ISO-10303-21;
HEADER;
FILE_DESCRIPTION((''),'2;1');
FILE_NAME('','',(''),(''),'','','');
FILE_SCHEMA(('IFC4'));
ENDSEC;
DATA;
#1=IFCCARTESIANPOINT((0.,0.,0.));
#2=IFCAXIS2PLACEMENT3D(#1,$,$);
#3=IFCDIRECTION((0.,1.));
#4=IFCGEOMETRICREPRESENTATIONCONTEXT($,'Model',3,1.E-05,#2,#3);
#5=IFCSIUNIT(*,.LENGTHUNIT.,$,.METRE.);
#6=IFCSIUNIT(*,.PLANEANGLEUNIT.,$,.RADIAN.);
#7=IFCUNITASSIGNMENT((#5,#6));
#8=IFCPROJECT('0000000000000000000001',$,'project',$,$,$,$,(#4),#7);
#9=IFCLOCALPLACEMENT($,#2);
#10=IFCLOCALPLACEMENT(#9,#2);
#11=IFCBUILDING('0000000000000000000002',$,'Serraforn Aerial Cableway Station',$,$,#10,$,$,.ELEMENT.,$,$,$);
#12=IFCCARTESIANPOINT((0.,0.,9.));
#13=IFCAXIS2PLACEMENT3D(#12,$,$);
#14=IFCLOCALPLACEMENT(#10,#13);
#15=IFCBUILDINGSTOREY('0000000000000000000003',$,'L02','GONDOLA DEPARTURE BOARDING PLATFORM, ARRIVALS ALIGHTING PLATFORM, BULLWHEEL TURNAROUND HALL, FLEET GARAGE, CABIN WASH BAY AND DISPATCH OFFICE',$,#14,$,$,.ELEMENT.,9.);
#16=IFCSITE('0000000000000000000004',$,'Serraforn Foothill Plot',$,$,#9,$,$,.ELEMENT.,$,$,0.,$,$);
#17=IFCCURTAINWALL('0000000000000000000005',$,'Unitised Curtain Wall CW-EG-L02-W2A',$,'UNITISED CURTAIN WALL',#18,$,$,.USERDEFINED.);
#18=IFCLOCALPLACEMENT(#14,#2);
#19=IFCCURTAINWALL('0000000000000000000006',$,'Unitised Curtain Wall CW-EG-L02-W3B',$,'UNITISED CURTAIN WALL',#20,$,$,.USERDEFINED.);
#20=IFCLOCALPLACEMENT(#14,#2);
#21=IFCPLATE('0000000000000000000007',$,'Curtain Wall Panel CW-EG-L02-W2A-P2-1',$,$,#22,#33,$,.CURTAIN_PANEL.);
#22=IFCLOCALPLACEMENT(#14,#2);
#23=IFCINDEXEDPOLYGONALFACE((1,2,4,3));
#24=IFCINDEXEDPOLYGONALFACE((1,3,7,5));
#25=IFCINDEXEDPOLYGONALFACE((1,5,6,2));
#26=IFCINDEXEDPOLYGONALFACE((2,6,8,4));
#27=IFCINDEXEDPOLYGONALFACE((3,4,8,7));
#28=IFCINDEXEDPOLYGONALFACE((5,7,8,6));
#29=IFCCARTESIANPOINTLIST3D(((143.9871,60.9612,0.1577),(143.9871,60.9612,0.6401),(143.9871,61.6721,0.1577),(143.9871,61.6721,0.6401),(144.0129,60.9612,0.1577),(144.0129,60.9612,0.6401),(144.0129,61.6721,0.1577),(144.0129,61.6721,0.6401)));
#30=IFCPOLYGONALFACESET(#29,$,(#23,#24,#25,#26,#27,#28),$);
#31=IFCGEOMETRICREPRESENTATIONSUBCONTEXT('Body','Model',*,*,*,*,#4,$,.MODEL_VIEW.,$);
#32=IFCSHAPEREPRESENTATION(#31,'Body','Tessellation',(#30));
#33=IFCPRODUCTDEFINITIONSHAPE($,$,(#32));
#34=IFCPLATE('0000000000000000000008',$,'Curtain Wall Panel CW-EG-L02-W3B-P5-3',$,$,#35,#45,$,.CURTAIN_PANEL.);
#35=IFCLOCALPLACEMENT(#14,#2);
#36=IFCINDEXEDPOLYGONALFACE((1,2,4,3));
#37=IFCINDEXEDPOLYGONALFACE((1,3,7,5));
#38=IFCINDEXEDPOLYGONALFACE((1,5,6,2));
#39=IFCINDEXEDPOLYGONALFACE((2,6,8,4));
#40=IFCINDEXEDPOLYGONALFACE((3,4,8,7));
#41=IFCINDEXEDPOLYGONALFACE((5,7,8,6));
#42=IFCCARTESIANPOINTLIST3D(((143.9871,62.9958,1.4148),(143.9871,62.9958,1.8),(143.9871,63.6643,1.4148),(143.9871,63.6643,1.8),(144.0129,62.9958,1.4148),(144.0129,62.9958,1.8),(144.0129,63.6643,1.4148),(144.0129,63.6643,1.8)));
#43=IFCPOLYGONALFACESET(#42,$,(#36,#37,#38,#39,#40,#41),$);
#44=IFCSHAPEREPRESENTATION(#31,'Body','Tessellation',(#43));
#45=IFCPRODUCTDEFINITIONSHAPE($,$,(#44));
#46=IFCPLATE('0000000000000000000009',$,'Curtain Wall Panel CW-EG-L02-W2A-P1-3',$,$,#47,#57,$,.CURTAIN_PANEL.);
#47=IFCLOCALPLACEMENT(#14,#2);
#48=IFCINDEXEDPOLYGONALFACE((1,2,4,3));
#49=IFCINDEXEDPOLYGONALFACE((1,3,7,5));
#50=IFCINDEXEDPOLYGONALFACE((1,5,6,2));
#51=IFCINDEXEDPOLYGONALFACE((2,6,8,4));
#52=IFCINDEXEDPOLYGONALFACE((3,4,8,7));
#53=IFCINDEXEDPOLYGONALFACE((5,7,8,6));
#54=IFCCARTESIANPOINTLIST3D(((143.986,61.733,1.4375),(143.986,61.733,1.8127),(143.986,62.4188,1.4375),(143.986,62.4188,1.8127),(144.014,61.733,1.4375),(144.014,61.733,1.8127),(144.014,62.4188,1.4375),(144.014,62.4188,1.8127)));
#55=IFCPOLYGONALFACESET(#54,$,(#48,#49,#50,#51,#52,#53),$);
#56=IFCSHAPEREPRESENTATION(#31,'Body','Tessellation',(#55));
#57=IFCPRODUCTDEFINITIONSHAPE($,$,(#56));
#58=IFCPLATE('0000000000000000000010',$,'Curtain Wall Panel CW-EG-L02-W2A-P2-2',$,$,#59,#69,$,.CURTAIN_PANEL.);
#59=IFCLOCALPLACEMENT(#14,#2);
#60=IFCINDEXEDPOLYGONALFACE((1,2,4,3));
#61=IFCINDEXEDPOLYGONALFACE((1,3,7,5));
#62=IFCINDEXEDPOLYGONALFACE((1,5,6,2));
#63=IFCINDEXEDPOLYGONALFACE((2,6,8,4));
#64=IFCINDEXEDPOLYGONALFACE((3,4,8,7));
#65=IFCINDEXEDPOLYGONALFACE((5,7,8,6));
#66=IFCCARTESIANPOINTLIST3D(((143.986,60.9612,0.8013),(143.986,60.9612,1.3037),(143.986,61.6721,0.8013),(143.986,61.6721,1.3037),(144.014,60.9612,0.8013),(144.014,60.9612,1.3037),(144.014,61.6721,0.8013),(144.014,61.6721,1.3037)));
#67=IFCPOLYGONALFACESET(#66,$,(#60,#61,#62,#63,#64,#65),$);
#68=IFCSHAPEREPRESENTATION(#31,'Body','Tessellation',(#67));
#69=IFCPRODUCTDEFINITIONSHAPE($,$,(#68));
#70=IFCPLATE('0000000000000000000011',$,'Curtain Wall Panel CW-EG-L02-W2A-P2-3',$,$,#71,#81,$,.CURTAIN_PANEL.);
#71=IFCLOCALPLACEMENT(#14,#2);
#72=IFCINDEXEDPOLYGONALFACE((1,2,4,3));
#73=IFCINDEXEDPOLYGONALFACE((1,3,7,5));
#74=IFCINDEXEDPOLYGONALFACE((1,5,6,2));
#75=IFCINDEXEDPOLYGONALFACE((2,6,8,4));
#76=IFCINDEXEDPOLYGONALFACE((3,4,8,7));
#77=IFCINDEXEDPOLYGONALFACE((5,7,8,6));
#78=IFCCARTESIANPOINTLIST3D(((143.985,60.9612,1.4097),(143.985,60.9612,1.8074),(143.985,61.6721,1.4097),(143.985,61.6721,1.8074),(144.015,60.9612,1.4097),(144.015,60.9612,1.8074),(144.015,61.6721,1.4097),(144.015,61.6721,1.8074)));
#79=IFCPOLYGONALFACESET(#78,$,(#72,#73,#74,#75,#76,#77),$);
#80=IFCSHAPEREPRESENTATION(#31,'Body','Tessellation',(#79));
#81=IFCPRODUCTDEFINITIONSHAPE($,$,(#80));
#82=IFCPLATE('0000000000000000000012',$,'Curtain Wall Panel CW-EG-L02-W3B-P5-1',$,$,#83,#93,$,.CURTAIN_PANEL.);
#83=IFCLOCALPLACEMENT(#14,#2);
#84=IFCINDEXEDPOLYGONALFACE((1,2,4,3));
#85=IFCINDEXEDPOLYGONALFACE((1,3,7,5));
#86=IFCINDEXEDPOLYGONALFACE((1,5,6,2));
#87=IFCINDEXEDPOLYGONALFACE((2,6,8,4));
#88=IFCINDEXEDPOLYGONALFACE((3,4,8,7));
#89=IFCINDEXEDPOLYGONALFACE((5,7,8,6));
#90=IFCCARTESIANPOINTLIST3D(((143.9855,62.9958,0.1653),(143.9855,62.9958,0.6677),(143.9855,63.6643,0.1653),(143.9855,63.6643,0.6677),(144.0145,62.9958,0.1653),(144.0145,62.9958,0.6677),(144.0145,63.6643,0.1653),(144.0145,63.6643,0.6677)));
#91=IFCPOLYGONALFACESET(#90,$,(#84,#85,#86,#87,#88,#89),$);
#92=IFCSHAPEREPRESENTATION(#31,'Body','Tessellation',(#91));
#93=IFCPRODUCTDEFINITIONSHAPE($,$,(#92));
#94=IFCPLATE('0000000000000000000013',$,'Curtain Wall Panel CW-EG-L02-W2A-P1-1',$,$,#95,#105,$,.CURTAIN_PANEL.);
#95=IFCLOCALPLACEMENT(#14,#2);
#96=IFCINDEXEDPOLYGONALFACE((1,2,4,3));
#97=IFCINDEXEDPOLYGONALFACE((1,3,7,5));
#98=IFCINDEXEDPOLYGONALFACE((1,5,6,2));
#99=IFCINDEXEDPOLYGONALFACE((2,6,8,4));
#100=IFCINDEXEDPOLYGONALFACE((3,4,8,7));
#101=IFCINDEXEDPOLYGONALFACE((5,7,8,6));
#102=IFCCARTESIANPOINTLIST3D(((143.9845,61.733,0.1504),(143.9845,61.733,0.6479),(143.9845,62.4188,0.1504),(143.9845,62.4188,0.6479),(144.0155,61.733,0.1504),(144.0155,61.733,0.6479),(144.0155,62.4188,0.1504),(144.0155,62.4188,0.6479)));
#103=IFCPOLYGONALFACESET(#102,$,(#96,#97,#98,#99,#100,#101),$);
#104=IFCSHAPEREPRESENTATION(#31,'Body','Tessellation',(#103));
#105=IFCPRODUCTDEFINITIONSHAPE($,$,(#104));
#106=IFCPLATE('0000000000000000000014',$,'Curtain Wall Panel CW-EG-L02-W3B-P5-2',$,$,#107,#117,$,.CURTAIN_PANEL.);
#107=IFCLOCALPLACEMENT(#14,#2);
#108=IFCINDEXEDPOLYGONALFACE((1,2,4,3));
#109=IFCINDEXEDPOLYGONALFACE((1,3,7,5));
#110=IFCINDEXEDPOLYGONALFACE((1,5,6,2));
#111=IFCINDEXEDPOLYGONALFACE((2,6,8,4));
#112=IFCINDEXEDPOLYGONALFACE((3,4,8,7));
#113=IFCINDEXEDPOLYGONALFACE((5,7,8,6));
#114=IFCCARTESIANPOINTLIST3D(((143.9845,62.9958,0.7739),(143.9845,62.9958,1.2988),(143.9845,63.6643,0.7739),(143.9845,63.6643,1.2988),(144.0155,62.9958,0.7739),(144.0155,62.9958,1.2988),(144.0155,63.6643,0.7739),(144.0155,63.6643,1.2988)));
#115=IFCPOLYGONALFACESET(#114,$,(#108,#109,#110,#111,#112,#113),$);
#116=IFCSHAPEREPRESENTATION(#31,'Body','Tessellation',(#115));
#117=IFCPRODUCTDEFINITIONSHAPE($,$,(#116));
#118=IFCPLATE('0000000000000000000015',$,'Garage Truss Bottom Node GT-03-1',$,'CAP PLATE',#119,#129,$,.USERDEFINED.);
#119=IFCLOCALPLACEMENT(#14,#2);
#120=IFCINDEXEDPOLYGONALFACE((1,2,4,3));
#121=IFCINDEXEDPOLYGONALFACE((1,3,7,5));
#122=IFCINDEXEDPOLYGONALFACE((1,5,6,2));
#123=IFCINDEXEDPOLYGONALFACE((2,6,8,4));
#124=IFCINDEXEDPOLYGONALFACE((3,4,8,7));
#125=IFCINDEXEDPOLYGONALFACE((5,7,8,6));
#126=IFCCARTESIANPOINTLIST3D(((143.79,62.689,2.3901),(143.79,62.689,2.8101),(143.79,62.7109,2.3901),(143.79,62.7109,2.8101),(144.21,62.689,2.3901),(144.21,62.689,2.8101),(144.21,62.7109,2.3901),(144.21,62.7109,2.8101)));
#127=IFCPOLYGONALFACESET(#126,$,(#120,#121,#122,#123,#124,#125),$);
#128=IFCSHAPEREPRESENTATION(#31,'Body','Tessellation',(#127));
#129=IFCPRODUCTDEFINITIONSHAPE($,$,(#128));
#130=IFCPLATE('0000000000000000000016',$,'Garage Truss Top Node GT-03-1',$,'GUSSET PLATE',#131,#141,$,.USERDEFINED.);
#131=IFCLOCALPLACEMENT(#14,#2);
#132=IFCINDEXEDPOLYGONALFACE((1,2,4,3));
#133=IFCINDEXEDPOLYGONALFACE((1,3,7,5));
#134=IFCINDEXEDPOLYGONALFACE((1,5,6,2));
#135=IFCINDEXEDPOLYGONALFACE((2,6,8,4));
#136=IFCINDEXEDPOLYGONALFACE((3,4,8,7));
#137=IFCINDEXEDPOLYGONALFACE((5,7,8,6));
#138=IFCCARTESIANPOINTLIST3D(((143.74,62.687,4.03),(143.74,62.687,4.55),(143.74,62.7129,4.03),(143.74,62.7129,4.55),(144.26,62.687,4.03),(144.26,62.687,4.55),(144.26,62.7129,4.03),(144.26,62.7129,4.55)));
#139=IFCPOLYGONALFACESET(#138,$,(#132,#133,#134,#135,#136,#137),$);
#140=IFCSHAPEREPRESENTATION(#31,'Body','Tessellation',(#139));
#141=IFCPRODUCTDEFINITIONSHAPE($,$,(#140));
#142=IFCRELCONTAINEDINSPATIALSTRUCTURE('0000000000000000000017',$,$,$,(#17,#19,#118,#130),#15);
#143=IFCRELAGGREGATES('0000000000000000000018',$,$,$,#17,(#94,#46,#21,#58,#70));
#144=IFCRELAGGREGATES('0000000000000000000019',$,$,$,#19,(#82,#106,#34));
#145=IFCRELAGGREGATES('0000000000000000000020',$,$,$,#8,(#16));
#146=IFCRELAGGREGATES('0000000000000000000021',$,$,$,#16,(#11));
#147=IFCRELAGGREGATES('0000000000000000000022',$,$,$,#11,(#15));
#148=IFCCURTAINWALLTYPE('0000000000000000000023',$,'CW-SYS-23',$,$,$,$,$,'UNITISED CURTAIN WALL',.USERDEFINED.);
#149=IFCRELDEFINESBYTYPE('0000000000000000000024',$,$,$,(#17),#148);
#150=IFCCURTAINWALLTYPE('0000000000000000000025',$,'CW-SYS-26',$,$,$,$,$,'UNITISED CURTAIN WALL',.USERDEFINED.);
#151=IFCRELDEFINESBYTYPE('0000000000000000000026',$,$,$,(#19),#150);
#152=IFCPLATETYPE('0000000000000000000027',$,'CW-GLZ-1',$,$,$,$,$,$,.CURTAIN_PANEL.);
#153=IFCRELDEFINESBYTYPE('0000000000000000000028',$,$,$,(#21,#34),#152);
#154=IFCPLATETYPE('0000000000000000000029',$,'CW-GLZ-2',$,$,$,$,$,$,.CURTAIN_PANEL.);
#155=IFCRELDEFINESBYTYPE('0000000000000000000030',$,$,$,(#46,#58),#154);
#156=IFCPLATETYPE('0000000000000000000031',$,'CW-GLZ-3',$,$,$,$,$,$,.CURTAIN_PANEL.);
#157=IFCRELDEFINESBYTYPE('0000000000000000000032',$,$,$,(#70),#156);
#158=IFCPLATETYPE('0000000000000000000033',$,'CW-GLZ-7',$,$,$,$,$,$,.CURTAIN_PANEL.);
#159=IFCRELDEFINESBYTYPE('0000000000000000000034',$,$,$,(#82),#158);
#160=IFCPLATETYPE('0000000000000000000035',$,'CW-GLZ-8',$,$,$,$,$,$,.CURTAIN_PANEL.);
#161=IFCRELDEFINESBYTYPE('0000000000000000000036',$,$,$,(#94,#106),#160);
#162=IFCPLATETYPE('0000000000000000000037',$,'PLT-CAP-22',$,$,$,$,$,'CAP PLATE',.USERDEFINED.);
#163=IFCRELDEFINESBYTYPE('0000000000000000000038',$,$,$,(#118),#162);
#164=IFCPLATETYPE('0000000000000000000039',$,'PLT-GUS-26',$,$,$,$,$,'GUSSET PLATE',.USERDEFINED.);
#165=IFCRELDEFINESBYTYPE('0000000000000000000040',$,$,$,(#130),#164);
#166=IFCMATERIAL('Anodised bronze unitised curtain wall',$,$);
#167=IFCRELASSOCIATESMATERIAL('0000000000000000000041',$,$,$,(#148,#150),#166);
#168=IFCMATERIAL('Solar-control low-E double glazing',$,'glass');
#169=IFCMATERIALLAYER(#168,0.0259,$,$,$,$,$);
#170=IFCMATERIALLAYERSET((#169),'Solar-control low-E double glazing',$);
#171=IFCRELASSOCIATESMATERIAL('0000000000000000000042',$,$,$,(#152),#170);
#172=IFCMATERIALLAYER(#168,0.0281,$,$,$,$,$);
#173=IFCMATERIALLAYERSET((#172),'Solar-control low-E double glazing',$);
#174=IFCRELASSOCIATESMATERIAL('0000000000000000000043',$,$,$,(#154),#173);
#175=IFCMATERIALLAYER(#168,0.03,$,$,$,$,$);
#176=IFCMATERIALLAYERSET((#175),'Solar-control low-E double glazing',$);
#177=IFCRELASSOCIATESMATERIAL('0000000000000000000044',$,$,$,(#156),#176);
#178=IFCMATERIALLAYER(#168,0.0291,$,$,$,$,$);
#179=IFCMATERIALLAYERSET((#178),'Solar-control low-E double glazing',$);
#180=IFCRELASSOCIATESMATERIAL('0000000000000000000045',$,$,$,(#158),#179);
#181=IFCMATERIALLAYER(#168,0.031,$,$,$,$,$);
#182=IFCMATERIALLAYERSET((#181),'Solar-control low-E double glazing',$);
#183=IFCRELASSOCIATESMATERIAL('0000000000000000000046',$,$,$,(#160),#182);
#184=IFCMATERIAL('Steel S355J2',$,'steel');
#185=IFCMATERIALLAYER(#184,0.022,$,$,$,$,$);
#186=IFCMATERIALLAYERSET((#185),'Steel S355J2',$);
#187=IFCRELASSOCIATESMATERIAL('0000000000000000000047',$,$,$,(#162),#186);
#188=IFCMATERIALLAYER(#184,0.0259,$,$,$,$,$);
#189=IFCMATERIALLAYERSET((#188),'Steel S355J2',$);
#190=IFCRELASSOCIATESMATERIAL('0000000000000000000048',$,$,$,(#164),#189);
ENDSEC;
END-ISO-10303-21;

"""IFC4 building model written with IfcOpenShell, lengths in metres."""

from ifc_helpers import new_model, si_unit, direction, frame, origin, origin_2d, place, context, subcontext, project, spatial, rectangle, extrude, material, layer, layer_set, type_object, element, aggregate, save


model = new_model("IFC4")

# Units and contexts
model_context = context("Model", 3, precision=1e-05, world=origin(), true_north=direction((0.0, 1.0)))
body_context = subcontext(model_context, "Body", "Model", "MODEL_VIEW")
ifc_project = project(units=[si_unit("LENGTHUNIT", "METRE"), si_unit("PLANEANGLEUNIT", "RADIAN")], contexts=[model_context])

# Site, building, storey
site_placement = place(None, origin())
site = spatial("IfcSite", under=ifc_project, at=site_placement, Name="Serraforn Foothill Plot", CompositionType="ELEMENT", RefElevation=0.0)
building_placement = place(site_placement, origin())
building = spatial("IfcBuilding", under=site, at=building_placement, Name="Serraforn Aerial Cableway Station", CompositionType="ELEMENT")
storey_placement = place(building_placement, frame((0.0, 0.0, 9.0)))
storey = spatial("IfcBuildingStorey", under=building, at=storey_placement, Name="L02", Description="GONDOLA DEPARTURE BOARDING PLATFORM, ARRIVALS ALIGHTING PLATFORM, BULLWHEEL TURNAROUND HALL, FLEET GARAGE, CABIN WASH BAY AND DISPATCH OFFICE", CompositionType="ELEMENT", Elevation=9.0)

# Shared definitions
ifc_material_1 = material(Name="Steel S355J2", Category="steel")

# Curtain wall
ifc_material_2 = material(Name="Anodised bronze unitised curtain wall")
curtain_wall_type_1 = type_object("IfcCurtainWallType", Name="CW-SYS-23", ElementType="UNITISED CURTAIN WALL", PredefinedType="USERDEFINED", material=ifc_material_2)
curtain_wall_1_placement = place(storey_placement, origin())
curtain_wall_1 = element("IfcCurtainWall", 1, at=curtain_wall_1_placement, inside=storey, type_object=curtain_wall_type_1, Name="Unitised Curtain Wall CW-EG-L02-W2A", ObjectType="UNITISED CURTAIN WALL", PredefinedType="USERDEFINED")

# Curtain wall
curtain_wall_type_2 = type_object("IfcCurtainWallType", Name="CW-SYS-26", ElementType="UNITISED CURTAIN WALL", PredefinedType="USERDEFINED", material=ifc_material_2)
curtain_wall_2_placement = place(storey_placement, origin())
curtain_wall_2 = element("IfcCurtainWall", 2, at=curtain_wall_2_placement, inside=storey, type_object=curtain_wall_type_2, Name="Unitised Curtain Wall CW-EG-L02-W3B", ObjectType="UNITISED CURTAIN WALL", PredefinedType="USERDEFINED")

# Plates
ifc_material_3 = material(Name="Solar-control low-E double glazing", Category="glass")
ifc_layer_1 = layer(ifc_material_3, 0.0259)
ifc_layer_set_1 = layer_set([ifc_layer_1], Name="Solar-control low-E double glazing")
plate_type_1 = type_object("IfcPlateType", Name="CW-GLZ-1", PredefinedType="CURTAIN_PANEL", material=ifc_layer_set_1)
plate_1_placement = place(storey_placement, frame((144.0, 61.3167, 0.1577), z_axis=(0.0, 0.0, 1.0), x_axis=(1.0, 0.0, 0.0)))
plate_1 = element("IfcPlate", 3, at=plate_1_placement, type_object=plate_type_1, Name="Curtain Wall Panel CW-EG-L02-W2A-P2-1", PredefinedType="CURTAIN_PANEL", context=body_context, shape_type="SweptSolid", body=[
    extrude(rectangle(XDim=0.0259, YDim=0.7109, at=origin_2d()), origin(), (0.0, 0.0, 1.0), 0.4824),
])
plate_2_placement = place(storey_placement, frame((144.0, 63.3301, 1.4148), z_axis=(0.0, 0.0, 1.0), x_axis=(1.0, 0.0, 0.0)))
plate_2 = element("IfcPlate", 4, at=plate_2_placement, type_object=plate_type_1, Name="Curtain Wall Panel CW-EG-L02-W3B-P5-3", PredefinedType="CURTAIN_PANEL", context=body_context, shape_type="SweptSolid", body=[
    extrude(rectangle(XDim=0.0259, YDim=0.6685, at=origin_2d()), origin(), (0.0, 0.0, 1.0), 0.3853),
])
ifc_layer_2 = layer(ifc_material_3, 0.0281)
ifc_layer_set_2 = layer_set([ifc_layer_2], Name="Solar-control low-E double glazing")
plate_type_2 = type_object("IfcPlateType", Name="CW-GLZ-2", PredefinedType="CURTAIN_PANEL", material=ifc_layer_set_2)
plate_3_placement = place(storey_placement, frame((144.0, 62.0759, 1.4375), z_axis=(0.0, 0.0, 1.0), x_axis=(1.0, 0.0, 0.0)))
plate_3 = element("IfcPlate", 5, at=plate_3_placement, type_object=plate_type_2, Name="Curtain Wall Panel CW-EG-L02-W2A-P1-3", PredefinedType="CURTAIN_PANEL", context=body_context, shape_type="SweptSolid", body=[
    extrude(rectangle(XDim=0.0281, YDim=0.6858, at=origin_2d()), origin(), (0.0, 0.0, 1.0), 0.3752),
])
plate_4_placement = place(storey_placement, frame((144.0, 61.3167, 0.8013), z_axis=(0.0, 0.0, 1.0), x_axis=(1.0, 0.0, 0.0)))
plate_4 = element("IfcPlate", 6, at=plate_4_placement, type_object=plate_type_2, Name="Curtain Wall Panel CW-EG-L02-W2A-P2-2", PredefinedType="CURTAIN_PANEL", context=body_context, shape_type="SweptSolid", body=[
    extrude(rectangle(XDim=0.0281, YDim=0.7109, at=origin_2d()), origin(), (0.0, 0.0, 1.0), 0.5024),
])
ifc_layer_3 = layer(ifc_material_3, 0.03)
ifc_layer_set_3 = layer_set([ifc_layer_3], Name="Solar-control low-E double glazing")
plate_type_3 = type_object("IfcPlateType", Name="CW-GLZ-3", PredefinedType="CURTAIN_PANEL", material=ifc_layer_set_3)
plate_5_placement = place(storey_placement, frame((144.0, 61.3167, 1.4097), z_axis=(0.0, 0.0, 1.0), x_axis=(1.0, 0.0, 0.0)))
plate_5 = element("IfcPlate", 7, at=plate_5_placement, type_object=plate_type_3, Name="Curtain Wall Panel CW-EG-L02-W2A-P2-3", PredefinedType="CURTAIN_PANEL", context=body_context, shape_type="SweptSolid", body=[
    extrude(rectangle(XDim=0.03, YDim=0.7109, at=origin_2d()), origin(), (0.0, 0.0, 1.0), 0.3977),
])
ifc_layer_4 = layer(ifc_material_3, 0.0291)
ifc_layer_set_4 = layer_set([ifc_layer_4], Name="Solar-control low-E double glazing")
plate_type_4 = type_object("IfcPlateType", Name="CW-GLZ-7", PredefinedType="CURTAIN_PANEL", material=ifc_layer_set_4)
plate_6_placement = place(storey_placement, frame((144.0, 63.3301, 0.1653), z_axis=(0.0, 0.0, 1.0), x_axis=(1.0, 0.0, 0.0)))
plate_6 = element("IfcPlate", 8, at=plate_6_placement, type_object=plate_type_4, Name="Curtain Wall Panel CW-EG-L02-W3B-P5-1", PredefinedType="CURTAIN_PANEL", context=body_context, shape_type="SweptSolid", body=[
    extrude(rectangle(XDim=0.0291, YDim=0.6685, at=origin_2d()), origin(), (0.0, 0.0, 1.0), 0.5024),
])
ifc_layer_5 = layer(ifc_material_3, 0.031)
ifc_layer_set_5 = layer_set([ifc_layer_5], Name="Solar-control low-E double glazing")
plate_type_5 = type_object("IfcPlateType", Name="CW-GLZ-8", PredefinedType="CURTAIN_PANEL", material=ifc_layer_set_5)
plate_7_placement = place(storey_placement, frame((144.0, 62.0759, 0.1504), z_axis=(0.0, 0.0, 1.0), x_axis=(1.0, 0.0, 0.0)))
plate_7 = element("IfcPlate", 9, at=plate_7_placement, type_object=plate_type_5, Name="Curtain Wall Panel CW-EG-L02-W2A-P1-1", PredefinedType="CURTAIN_PANEL", context=body_context, shape_type="SweptSolid", body=[
    extrude(rectangle(XDim=0.031, YDim=0.6858, at=origin_2d()), origin(), (0.0, 0.0, 1.0), 0.4976),
])
aggregate(curtain_wall_1, [plate_7, plate_3, plate_1, plate_4, plate_5])
plate_8_placement = place(storey_placement, frame((144.0, 63.3301, 0.7739), z_axis=(0.0, 0.0, 1.0), x_axis=(1.0, 0.0, 0.0)))
plate_8 = element("IfcPlate", 10, at=plate_8_placement, type_object=plate_type_5, Name="Curtain Wall Panel CW-EG-L02-W3B-P5-2", PredefinedType="CURTAIN_PANEL", context=body_context, shape_type="SweptSolid", body=[
    extrude(rectangle(XDim=0.031, YDim=0.6685, at=origin_2d()), origin(), (0.0, 0.0, 1.0), 0.5249),
])
aggregate(curtain_wall_2, [plate_6, plate_8, plate_2])

# Plates
ifc_layer_6 = layer(ifc_material_1, 0.022)
ifc_layer_set_6 = layer_set([ifc_layer_6], Name="Steel S355J2")
plate_type_6 = type_object("IfcPlateType", Name="PLT-CAP-22", ElementType="CAP PLATE", PredefinedType="USERDEFINED", material=ifc_layer_set_6)
plate_9_placement = place(storey_placement, frame((144.0, 62.7, 2.3901), z_axis=(0.0, 0.0, 1.0), x_axis=(1.0, 0.0, 0.0)))
element("IfcPlate", 11, at=plate_9_placement, inside=storey, type_object=plate_type_6, Name="Garage Truss Bottom Node GT-03-1", ObjectType="CAP PLATE", PredefinedType="USERDEFINED", context=body_context, shape_type="SweptSolid", body=[
    extrude(rectangle(XDim=0.4199, YDim=0.022, at=origin_2d()), origin(), (0.0, 0.0, 1.0), 0.4199),
])
ifc_layer_7 = layer(ifc_material_1, 0.0259)
ifc_layer_set_7 = layer_set([ifc_layer_7], Name="Steel S355J2")
plate_type_7 = type_object("IfcPlateType", Name="PLT-GUS-26", ElementType="GUSSET PLATE", PredefinedType="USERDEFINED", material=ifc_layer_set_7)
plate_10_placement = place(storey_placement, frame((144.0, 62.7, 4.03), z_axis=(0.0, 0.0, 1.0), x_axis=(1.0, 0.0, 0.0)))
element("IfcPlate", 12, at=plate_10_placement, inside=storey, type_object=plate_type_7, Name="Garage Truss Top Node GT-03-1", ObjectType="GUSSET PLATE", PredefinedType="USERDEFINED", context=body_context, shape_type="SweptSolid", body=[
    extrude(rectangle(XDim=0.52, YDim=0.0259, at=origin_2d()), origin(), (0.0, 0.0, 1.0), 0.52),
])

save(model, "model.ifc")
